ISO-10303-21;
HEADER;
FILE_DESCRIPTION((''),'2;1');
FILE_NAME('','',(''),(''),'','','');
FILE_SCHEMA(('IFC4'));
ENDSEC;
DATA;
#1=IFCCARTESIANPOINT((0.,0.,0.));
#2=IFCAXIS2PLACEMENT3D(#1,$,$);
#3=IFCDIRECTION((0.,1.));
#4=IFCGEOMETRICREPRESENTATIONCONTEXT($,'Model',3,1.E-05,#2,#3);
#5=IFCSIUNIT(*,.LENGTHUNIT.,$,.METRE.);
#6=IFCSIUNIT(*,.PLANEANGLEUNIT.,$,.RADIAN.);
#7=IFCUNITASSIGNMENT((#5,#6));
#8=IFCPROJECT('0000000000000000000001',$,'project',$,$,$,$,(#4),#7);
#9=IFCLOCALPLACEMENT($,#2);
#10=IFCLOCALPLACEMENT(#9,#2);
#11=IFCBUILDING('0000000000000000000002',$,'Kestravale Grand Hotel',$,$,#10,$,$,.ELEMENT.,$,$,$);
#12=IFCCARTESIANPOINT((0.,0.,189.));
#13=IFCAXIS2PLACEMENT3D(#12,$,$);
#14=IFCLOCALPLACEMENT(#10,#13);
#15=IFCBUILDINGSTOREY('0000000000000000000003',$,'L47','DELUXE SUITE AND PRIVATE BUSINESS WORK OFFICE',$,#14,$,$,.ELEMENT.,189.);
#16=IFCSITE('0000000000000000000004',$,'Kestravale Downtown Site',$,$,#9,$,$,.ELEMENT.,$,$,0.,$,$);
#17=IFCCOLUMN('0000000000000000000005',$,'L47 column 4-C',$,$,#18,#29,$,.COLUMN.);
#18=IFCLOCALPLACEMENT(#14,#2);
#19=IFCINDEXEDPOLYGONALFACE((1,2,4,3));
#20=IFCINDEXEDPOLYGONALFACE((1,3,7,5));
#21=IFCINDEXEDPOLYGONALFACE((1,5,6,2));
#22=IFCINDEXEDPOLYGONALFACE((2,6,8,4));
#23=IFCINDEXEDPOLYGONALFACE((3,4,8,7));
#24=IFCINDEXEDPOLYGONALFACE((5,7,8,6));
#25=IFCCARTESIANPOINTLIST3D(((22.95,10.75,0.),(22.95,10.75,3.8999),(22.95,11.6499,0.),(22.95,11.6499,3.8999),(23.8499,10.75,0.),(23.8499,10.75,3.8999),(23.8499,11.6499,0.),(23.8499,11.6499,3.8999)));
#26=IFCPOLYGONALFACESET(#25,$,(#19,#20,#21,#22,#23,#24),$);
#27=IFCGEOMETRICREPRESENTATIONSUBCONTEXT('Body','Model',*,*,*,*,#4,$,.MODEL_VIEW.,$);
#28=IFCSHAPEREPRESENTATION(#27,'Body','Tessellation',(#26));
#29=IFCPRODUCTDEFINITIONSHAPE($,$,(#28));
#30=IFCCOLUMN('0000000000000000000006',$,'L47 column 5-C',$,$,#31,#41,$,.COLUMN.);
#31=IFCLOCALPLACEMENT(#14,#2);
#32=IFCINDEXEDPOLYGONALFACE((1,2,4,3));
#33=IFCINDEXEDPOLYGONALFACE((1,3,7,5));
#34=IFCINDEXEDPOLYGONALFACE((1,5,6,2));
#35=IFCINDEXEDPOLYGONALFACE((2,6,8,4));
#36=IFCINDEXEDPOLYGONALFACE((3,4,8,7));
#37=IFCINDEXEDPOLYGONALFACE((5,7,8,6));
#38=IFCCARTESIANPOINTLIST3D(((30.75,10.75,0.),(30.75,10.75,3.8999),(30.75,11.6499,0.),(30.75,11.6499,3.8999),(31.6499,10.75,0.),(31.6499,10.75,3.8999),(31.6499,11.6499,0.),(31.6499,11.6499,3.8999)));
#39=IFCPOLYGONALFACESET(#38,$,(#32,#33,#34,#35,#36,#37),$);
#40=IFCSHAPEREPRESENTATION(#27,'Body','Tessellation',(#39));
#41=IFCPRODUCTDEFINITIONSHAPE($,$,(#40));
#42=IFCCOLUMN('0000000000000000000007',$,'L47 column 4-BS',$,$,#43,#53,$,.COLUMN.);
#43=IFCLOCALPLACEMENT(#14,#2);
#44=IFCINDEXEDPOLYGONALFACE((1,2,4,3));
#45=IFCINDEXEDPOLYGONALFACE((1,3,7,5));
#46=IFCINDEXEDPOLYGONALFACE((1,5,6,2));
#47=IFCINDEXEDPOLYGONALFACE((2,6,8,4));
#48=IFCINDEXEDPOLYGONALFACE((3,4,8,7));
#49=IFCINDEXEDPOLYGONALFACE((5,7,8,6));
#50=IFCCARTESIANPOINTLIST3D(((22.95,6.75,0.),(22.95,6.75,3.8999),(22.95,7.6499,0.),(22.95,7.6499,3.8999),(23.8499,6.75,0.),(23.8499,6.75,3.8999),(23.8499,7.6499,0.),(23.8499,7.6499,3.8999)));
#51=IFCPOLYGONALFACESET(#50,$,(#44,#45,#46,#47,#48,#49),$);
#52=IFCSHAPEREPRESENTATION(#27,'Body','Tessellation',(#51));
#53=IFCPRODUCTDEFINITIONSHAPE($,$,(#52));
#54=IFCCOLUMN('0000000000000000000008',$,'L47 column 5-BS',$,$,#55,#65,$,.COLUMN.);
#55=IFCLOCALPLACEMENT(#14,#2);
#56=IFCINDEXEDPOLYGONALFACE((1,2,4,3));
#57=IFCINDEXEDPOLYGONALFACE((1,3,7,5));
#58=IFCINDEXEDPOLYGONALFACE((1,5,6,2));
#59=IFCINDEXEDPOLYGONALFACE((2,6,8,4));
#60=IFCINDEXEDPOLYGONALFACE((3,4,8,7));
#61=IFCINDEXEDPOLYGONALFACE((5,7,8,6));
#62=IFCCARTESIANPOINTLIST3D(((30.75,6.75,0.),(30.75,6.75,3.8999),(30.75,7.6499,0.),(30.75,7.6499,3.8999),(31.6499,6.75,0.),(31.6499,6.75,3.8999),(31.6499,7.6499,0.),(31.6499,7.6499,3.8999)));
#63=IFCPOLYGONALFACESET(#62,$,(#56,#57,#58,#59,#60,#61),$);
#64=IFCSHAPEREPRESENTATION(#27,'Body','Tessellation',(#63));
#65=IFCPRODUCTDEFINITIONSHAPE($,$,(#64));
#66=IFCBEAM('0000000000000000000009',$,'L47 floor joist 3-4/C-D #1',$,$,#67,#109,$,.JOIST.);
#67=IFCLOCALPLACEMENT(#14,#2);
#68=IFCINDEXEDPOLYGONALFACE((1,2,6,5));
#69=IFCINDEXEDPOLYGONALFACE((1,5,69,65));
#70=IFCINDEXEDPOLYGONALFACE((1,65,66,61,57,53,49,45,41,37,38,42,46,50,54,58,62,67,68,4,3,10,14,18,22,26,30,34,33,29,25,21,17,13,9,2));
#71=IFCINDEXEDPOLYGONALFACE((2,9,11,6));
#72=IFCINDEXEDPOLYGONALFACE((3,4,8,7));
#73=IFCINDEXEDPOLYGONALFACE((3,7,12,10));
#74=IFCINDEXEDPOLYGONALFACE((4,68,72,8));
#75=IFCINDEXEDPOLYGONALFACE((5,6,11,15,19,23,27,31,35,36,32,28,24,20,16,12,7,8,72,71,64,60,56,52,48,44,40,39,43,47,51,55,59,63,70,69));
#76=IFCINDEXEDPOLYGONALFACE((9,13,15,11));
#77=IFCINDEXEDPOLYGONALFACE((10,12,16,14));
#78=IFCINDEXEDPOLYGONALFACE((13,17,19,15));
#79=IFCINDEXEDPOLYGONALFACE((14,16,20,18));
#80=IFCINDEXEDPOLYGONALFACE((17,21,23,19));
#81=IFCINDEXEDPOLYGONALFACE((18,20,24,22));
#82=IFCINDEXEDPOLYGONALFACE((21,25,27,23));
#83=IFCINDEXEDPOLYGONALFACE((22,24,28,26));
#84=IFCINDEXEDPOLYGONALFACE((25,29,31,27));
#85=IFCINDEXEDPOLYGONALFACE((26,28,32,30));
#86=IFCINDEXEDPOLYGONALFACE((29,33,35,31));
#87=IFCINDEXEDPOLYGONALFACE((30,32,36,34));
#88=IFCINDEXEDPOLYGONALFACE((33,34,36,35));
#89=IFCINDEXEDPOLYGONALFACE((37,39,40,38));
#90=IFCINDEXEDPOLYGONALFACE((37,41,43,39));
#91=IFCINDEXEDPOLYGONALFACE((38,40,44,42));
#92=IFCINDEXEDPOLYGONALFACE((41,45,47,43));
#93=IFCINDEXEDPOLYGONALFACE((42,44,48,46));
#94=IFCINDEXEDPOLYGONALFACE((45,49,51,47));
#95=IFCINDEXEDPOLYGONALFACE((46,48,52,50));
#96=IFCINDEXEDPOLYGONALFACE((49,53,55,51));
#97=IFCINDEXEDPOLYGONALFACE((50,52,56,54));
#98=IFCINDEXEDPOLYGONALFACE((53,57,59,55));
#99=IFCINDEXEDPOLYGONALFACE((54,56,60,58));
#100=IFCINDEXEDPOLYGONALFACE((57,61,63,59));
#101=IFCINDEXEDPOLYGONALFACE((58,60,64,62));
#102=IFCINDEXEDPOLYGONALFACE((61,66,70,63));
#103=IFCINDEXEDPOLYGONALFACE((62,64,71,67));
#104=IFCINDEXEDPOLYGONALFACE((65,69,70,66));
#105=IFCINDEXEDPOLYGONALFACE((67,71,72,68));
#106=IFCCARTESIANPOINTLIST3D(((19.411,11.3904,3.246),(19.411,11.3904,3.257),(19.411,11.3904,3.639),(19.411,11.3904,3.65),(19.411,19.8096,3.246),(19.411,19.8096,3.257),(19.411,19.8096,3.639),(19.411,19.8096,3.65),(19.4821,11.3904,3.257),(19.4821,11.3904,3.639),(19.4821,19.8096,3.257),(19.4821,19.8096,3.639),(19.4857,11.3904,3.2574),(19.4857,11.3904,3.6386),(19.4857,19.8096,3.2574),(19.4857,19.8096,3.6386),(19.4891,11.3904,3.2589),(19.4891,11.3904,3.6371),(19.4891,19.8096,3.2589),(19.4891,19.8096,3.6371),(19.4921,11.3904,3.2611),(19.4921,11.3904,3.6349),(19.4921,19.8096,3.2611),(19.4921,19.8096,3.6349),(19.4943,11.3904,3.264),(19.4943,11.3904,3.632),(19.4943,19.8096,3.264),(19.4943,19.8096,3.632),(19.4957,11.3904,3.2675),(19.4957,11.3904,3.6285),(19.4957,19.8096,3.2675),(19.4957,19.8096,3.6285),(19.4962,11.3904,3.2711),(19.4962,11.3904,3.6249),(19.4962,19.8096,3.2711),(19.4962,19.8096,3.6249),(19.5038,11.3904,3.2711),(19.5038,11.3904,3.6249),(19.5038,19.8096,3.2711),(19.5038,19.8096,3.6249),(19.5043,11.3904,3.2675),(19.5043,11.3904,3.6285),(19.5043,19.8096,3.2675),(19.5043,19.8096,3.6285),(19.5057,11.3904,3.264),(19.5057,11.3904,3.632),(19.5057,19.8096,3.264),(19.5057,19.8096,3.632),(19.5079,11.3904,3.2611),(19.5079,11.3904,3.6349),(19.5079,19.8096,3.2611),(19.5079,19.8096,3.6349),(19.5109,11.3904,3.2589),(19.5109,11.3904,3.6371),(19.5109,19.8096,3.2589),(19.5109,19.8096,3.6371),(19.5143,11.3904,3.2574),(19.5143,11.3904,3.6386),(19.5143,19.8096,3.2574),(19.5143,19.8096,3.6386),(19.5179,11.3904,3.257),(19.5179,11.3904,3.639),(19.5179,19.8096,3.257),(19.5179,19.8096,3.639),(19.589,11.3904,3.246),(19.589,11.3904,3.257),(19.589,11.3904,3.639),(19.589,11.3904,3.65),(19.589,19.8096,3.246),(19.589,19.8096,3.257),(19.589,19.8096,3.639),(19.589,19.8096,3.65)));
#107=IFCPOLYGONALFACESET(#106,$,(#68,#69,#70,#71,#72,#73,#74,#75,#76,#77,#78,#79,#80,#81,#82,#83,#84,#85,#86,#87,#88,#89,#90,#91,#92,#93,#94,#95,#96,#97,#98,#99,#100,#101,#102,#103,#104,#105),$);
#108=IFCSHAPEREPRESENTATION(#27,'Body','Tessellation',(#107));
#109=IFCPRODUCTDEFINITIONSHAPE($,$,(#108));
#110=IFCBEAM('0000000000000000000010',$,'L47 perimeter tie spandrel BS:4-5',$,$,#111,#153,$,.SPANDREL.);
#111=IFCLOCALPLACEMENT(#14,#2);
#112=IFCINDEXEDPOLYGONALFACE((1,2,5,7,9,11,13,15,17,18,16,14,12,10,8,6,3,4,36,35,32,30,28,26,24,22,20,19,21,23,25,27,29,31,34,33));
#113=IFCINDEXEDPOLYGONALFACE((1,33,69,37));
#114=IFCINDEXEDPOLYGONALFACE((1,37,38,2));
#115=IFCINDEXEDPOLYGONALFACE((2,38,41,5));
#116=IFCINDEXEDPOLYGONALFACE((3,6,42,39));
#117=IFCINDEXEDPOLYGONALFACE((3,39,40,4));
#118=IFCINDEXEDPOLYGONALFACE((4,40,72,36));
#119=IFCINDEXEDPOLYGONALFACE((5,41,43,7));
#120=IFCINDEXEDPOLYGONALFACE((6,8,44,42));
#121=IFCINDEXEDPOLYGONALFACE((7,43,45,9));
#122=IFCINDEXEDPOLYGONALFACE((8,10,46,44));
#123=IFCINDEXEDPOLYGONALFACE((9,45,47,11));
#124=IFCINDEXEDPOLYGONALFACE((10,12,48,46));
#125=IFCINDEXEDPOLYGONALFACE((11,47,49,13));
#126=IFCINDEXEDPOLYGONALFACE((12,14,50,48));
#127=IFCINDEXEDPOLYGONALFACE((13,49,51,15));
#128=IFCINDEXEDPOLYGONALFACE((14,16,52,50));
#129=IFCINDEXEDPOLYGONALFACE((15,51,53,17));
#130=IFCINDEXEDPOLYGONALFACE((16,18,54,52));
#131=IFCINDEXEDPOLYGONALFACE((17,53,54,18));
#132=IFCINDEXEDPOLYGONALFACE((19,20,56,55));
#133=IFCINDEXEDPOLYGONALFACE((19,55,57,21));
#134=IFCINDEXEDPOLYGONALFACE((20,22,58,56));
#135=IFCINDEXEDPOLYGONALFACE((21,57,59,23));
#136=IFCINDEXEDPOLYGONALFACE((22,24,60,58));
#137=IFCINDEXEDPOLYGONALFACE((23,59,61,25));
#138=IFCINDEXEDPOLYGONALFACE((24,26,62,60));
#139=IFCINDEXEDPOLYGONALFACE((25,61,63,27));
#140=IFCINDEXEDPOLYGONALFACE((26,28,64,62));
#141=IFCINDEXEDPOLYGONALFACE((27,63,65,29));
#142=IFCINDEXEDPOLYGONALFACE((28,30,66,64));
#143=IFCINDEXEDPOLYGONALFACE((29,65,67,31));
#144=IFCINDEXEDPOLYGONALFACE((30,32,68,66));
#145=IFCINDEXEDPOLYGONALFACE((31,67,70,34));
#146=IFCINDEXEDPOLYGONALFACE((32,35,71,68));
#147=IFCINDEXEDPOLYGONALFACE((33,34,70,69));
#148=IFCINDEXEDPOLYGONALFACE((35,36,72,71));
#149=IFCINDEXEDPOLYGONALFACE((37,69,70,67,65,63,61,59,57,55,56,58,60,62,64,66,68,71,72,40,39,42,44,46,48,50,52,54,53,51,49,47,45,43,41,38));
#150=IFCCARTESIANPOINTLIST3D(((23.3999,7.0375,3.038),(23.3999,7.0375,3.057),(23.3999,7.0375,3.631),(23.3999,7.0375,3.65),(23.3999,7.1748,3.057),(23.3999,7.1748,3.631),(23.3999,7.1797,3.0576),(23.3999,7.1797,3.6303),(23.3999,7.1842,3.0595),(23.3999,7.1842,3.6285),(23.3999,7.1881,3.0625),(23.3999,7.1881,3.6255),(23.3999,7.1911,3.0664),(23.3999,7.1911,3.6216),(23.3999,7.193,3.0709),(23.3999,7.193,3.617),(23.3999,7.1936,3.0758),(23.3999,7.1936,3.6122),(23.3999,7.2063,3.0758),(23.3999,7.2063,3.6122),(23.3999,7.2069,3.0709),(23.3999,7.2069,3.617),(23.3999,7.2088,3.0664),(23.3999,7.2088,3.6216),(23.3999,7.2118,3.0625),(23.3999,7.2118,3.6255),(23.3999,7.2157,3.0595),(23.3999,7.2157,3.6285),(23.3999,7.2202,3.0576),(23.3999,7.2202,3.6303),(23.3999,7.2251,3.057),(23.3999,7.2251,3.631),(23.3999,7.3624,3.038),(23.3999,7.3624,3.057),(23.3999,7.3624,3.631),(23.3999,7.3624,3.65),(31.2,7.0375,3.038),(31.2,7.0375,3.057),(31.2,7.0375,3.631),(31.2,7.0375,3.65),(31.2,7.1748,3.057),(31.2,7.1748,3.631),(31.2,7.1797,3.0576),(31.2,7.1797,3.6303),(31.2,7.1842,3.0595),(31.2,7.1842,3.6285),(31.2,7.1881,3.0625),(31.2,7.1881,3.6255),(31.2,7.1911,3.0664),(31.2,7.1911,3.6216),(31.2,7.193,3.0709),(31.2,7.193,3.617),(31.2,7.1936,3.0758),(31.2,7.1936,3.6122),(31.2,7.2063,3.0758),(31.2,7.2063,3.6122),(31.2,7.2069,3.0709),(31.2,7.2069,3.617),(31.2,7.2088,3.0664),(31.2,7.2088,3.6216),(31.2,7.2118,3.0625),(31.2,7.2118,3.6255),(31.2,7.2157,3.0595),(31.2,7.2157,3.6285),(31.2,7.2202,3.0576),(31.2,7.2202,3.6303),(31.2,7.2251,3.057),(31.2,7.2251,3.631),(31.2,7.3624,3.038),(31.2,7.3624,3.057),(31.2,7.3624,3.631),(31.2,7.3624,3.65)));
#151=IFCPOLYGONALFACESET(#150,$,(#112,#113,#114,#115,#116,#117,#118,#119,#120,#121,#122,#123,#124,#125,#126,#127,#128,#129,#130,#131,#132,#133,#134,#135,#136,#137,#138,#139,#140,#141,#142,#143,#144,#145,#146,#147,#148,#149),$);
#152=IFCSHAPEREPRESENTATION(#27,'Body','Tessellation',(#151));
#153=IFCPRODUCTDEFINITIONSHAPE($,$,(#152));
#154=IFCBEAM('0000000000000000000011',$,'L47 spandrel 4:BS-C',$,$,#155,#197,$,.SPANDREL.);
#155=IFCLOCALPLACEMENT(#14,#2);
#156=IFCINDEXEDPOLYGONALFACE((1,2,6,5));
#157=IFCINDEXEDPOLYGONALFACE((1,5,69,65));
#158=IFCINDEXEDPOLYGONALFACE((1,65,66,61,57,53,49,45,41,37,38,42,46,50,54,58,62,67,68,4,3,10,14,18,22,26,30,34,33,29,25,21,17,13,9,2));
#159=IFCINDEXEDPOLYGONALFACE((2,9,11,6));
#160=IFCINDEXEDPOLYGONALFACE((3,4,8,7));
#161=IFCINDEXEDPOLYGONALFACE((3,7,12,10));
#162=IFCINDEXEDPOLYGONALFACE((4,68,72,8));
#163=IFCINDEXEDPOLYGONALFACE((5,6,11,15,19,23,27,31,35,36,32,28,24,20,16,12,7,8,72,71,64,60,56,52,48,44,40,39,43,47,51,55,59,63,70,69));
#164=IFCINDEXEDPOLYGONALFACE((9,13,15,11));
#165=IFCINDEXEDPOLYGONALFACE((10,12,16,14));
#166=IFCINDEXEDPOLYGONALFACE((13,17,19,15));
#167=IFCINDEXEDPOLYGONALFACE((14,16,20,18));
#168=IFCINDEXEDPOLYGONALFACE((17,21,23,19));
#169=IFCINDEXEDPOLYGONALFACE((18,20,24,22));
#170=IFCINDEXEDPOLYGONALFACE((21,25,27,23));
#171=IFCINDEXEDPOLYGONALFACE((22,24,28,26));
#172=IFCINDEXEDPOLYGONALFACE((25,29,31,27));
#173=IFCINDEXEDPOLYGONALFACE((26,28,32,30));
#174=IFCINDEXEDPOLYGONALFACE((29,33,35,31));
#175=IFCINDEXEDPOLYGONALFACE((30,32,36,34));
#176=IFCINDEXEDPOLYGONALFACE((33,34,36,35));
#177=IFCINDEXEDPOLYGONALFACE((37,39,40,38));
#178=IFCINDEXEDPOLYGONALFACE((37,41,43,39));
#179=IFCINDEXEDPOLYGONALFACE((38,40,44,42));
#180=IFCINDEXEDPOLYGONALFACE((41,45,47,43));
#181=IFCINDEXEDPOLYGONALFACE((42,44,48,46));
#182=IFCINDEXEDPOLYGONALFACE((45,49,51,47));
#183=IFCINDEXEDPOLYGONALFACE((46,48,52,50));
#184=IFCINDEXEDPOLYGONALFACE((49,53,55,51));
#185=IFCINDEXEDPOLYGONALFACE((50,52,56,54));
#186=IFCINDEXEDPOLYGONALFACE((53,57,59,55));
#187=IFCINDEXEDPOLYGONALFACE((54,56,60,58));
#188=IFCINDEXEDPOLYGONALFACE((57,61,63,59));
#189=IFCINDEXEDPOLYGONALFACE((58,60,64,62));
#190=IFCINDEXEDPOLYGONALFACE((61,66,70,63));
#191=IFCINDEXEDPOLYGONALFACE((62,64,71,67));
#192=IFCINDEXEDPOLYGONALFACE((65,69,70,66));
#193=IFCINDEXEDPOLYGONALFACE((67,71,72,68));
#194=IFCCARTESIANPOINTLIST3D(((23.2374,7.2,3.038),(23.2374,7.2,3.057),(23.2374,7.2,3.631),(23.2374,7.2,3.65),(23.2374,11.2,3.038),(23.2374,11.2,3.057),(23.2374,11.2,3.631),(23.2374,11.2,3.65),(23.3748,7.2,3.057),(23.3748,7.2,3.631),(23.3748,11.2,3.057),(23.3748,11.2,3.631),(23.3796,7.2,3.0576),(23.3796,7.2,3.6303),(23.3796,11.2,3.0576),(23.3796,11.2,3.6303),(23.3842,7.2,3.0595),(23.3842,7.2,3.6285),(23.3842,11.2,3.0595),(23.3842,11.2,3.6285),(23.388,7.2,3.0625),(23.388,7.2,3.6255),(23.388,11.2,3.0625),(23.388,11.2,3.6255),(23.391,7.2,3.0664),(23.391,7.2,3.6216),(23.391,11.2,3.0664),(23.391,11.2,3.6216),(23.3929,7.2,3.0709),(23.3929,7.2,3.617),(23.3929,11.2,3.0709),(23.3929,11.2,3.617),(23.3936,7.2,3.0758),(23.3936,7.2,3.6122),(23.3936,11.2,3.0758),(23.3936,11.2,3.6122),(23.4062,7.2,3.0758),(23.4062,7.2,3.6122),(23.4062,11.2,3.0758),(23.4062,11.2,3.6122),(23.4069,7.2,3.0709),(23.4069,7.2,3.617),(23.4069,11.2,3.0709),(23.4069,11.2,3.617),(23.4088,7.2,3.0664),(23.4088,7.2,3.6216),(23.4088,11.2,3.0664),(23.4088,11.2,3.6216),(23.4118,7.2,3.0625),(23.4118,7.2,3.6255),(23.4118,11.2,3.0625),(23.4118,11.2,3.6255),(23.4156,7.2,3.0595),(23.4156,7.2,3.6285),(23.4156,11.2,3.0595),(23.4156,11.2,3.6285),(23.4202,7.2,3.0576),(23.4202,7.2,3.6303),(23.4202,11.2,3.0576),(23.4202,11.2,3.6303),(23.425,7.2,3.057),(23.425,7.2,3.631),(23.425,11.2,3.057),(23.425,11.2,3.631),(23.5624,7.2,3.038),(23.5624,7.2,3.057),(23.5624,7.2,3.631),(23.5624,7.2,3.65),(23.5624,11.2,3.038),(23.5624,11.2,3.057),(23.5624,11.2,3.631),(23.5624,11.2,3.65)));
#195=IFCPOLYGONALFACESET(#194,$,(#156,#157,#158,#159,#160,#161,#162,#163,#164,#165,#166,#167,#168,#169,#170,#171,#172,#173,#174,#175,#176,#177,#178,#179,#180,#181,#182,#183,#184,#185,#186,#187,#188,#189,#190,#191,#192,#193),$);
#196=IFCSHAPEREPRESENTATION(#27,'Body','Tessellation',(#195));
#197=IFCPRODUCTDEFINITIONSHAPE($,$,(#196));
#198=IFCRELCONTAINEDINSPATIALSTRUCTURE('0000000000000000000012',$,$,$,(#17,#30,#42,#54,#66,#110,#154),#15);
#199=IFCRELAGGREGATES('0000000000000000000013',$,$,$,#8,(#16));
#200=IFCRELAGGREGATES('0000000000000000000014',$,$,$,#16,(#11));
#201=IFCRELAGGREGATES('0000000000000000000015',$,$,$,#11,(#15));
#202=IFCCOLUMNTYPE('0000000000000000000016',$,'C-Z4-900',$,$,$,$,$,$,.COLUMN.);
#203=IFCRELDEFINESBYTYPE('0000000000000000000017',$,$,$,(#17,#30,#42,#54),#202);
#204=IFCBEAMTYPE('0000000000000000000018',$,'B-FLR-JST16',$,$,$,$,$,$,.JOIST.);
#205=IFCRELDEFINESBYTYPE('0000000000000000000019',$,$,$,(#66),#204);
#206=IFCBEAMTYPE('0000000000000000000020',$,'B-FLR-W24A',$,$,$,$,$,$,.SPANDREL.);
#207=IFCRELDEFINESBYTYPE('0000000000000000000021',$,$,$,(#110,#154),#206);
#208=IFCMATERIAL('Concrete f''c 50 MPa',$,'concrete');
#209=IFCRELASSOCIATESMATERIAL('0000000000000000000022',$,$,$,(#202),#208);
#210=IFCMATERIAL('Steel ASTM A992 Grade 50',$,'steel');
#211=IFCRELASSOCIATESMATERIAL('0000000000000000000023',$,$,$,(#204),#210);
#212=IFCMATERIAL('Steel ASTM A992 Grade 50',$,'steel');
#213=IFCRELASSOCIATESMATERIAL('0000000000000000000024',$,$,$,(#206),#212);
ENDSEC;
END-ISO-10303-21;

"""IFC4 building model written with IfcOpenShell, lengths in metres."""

from ifc_helpers import new_model, si_unit, direction, frame, origin, origin_2d, place, context, subcontext, project, spatial, rectangle, i_section, extrude, material, material_profile, profile_set, type_object, element, save


model = new_model("IFC4")

# Units and contexts
model_context = context("Model", 3, precision=1e-05, world=origin(), true_north=direction((0.0, 1.0)))
body_context = subcontext(model_context, "Body", "Model", "MODEL_VIEW")
ifc_project = project(units=[si_unit("LENGTHUNIT", "METRE"), si_unit("PLANEANGLEUNIT", "RADIAN")], contexts=[model_context])

# Site, building, storey
site_placement = place(None, origin())
site = spatial("IfcSite", under=ifc_project, at=site_placement, Name="Kestravale Downtown Site", CompositionType="ELEMENT", RefElevation=0.0)
building_placement = place(site_placement, origin())
building = spatial("IfcBuilding", under=site, at=building_placement, Name="Kestravale Grand Hotel", CompositionType="ELEMENT")
storey_placement = place(building_placement, frame((0.0, 0.0, 189.0)))
storey = spatial("IfcBuildingStorey", under=building, at=storey_placement, Name="L47", Description="DELUXE SUITE AND PRIVATE BUSINESS WORK OFFICE", CompositionType="ELEMENT", Elevation=189.0)

# Columns
ifc_material_1 = material(Name="Concrete f'c 50 MPa", Category="concrete")
ifc_material_profile_1 = material_profile(ifc_material_1, rectangle(XDim=0.8999, YDim=0.8999, at=origin_2d()))
ifc_profile_set_1 = profile_set([ifc_material_profile_1], Name="Concrete f'c 50 MPa")
column_type = type_object("IfcColumnType", Name="C-Z4-900", PredefinedType="COLUMN", material=ifc_profile_set_1)
for number, where, z_axis, x_axis, name in (
    (1, (23.3999, 11.2, 0.0), (0.0, 0.0, 1.0), (1.0, 0.0, 0.0), "L47 column 4-C"),
    (2, (31.2, 11.2, 0.0), (0.0, 0.0, 1.0), (1.0, 0.0, 0.0), "L47 column 5-C"),
    (3, (23.3999, 7.2, 0.0), (0.0, 0.0, 1.0), (1.0, 0.0, 0.0), "L47 column 4-BS"),
    (4, (31.2, 7.2, 0.0), (0.0, 0.0, 1.0), (1.0, 0.0, 0.0), "L47 column 5-BS"),
):
    element("IfcColumn", number, at=place(storey_placement, frame(where, z_axis=z_axis, x_axis=x_axis)), inside=storey, type_object=column_type, Name=name, PredefinedType="COLUMN", context=body_context, shape_type="SweptSolid", body=[
        extrude(rectangle(XDim=0.8999, YDim=0.8999, at=origin_2d()), origin(), (0.0, 0.0, 1.0), 3.8999),
    ])

# Beams
ifc_material_2 = material(Name="Steel ASTM A992 Grade 50", Category="steel")
ifc_material_profile_2 = material_profile(ifc_material_2, i_section(OverallWidth=0.178, OverallDepth=0.4041, WebThickness=0.0076, FlangeThickness=0.011, FilletRadius=0.0142, at=origin_2d()))
ifc_profile_set_2 = profile_set([ifc_material_profile_2], Name="Steel ASTM A992 Grade 50")
beam_type_1 = type_object("IfcBeamType", Name="B-FLR-JST16", PredefinedType="JOIST", material=ifc_profile_set_2)
beam_1_placement = place(storey_placement, frame((19.5, 11.3904, 3.448), z_axis=(0.0, 1.0, 0.0), x_axis=(-1.0, 0.0, 0.0)))
element("IfcBeam", 5, at=beam_1_placement, inside=storey, type_object=beam_type_1, Name="L47 floor joist 3-4/C-D #1", PredefinedType="JOIST", context=body_context, shape_type="SweptSolid", body=[
    extrude(i_section(OverallWidth=0.178, OverallDepth=0.4041, WebThickness=0.0076, FlangeThickness=0.011, FilletRadius=0.0142, at=origin_2d()), origin(), (0.0, 0.0, 1.0), 8.4192),
])
ifc_material_3 = material(Name="Steel ASTM A992 Grade 50", Category="steel")
ifc_material_profile_3 = material_profile(ifc_material_3, i_section(OverallWidth=0.325, OverallDepth=0.6121, WebThickness=0.0127, FlangeThickness=0.019, FilletRadius=0.0188, at=origin_2d()))
ifc_profile_set_3 = profile_set([ifc_material_profile_3], Name="Steel ASTM A992 Grade 50")
beam_type_2 = type_object("IfcBeamType", Name="B-FLR-W24A", PredefinedType="SPANDREL", material=ifc_profile_set_3)
beam_2_placement = place(storey_placement, frame((23.3999, 7.2, 3.344), z_axis=(1.0, 0.0, 0.0), x_axis=(0.0, 1.0, 0.0)))
element("IfcBeam", 6, at=beam_2_placement, inside=storey, type_object=beam_type_2, Name="L47 perimeter tie spandrel BS:4-5", PredefinedType="SPANDREL", context=body_context, shape_type="SweptSolid", body=[
    extrude(i_section(OverallWidth=0.325, OverallDepth=0.6121, WebThickness=0.0127, FlangeThickness=0.019, FilletRadius=0.0188, at=origin_2d()), origin(), (0.0, 0.0, 1.0), 7.8),
])
for number, where, z_axis, x_axis, name in (
    (7, (23.3999, 7.2, 3.344), (0.0, 1.0, 0.0), (-1.0, 0.0, 0.0), "L47 spandrel 4:BS-C"),
):
    element("IfcBeam", number, at=place(storey_placement, frame(where, z_axis=z_axis, x_axis=x_axis)), inside=storey, type_object=beam_type_2, Name=name, PredefinedType="SPANDREL", context=body_context, shape_type="SweptSolid", body=[
        extrude(i_section(OverallWidth=0.325, OverallDepth=0.6121, WebThickness=0.0127, FlangeThickness=0.019, FilletRadius=0.0188, at=origin_2d()), origin(), (0.0, 0.0, 1.0), 4.0),
    ])

save(model, "model.ifc")
